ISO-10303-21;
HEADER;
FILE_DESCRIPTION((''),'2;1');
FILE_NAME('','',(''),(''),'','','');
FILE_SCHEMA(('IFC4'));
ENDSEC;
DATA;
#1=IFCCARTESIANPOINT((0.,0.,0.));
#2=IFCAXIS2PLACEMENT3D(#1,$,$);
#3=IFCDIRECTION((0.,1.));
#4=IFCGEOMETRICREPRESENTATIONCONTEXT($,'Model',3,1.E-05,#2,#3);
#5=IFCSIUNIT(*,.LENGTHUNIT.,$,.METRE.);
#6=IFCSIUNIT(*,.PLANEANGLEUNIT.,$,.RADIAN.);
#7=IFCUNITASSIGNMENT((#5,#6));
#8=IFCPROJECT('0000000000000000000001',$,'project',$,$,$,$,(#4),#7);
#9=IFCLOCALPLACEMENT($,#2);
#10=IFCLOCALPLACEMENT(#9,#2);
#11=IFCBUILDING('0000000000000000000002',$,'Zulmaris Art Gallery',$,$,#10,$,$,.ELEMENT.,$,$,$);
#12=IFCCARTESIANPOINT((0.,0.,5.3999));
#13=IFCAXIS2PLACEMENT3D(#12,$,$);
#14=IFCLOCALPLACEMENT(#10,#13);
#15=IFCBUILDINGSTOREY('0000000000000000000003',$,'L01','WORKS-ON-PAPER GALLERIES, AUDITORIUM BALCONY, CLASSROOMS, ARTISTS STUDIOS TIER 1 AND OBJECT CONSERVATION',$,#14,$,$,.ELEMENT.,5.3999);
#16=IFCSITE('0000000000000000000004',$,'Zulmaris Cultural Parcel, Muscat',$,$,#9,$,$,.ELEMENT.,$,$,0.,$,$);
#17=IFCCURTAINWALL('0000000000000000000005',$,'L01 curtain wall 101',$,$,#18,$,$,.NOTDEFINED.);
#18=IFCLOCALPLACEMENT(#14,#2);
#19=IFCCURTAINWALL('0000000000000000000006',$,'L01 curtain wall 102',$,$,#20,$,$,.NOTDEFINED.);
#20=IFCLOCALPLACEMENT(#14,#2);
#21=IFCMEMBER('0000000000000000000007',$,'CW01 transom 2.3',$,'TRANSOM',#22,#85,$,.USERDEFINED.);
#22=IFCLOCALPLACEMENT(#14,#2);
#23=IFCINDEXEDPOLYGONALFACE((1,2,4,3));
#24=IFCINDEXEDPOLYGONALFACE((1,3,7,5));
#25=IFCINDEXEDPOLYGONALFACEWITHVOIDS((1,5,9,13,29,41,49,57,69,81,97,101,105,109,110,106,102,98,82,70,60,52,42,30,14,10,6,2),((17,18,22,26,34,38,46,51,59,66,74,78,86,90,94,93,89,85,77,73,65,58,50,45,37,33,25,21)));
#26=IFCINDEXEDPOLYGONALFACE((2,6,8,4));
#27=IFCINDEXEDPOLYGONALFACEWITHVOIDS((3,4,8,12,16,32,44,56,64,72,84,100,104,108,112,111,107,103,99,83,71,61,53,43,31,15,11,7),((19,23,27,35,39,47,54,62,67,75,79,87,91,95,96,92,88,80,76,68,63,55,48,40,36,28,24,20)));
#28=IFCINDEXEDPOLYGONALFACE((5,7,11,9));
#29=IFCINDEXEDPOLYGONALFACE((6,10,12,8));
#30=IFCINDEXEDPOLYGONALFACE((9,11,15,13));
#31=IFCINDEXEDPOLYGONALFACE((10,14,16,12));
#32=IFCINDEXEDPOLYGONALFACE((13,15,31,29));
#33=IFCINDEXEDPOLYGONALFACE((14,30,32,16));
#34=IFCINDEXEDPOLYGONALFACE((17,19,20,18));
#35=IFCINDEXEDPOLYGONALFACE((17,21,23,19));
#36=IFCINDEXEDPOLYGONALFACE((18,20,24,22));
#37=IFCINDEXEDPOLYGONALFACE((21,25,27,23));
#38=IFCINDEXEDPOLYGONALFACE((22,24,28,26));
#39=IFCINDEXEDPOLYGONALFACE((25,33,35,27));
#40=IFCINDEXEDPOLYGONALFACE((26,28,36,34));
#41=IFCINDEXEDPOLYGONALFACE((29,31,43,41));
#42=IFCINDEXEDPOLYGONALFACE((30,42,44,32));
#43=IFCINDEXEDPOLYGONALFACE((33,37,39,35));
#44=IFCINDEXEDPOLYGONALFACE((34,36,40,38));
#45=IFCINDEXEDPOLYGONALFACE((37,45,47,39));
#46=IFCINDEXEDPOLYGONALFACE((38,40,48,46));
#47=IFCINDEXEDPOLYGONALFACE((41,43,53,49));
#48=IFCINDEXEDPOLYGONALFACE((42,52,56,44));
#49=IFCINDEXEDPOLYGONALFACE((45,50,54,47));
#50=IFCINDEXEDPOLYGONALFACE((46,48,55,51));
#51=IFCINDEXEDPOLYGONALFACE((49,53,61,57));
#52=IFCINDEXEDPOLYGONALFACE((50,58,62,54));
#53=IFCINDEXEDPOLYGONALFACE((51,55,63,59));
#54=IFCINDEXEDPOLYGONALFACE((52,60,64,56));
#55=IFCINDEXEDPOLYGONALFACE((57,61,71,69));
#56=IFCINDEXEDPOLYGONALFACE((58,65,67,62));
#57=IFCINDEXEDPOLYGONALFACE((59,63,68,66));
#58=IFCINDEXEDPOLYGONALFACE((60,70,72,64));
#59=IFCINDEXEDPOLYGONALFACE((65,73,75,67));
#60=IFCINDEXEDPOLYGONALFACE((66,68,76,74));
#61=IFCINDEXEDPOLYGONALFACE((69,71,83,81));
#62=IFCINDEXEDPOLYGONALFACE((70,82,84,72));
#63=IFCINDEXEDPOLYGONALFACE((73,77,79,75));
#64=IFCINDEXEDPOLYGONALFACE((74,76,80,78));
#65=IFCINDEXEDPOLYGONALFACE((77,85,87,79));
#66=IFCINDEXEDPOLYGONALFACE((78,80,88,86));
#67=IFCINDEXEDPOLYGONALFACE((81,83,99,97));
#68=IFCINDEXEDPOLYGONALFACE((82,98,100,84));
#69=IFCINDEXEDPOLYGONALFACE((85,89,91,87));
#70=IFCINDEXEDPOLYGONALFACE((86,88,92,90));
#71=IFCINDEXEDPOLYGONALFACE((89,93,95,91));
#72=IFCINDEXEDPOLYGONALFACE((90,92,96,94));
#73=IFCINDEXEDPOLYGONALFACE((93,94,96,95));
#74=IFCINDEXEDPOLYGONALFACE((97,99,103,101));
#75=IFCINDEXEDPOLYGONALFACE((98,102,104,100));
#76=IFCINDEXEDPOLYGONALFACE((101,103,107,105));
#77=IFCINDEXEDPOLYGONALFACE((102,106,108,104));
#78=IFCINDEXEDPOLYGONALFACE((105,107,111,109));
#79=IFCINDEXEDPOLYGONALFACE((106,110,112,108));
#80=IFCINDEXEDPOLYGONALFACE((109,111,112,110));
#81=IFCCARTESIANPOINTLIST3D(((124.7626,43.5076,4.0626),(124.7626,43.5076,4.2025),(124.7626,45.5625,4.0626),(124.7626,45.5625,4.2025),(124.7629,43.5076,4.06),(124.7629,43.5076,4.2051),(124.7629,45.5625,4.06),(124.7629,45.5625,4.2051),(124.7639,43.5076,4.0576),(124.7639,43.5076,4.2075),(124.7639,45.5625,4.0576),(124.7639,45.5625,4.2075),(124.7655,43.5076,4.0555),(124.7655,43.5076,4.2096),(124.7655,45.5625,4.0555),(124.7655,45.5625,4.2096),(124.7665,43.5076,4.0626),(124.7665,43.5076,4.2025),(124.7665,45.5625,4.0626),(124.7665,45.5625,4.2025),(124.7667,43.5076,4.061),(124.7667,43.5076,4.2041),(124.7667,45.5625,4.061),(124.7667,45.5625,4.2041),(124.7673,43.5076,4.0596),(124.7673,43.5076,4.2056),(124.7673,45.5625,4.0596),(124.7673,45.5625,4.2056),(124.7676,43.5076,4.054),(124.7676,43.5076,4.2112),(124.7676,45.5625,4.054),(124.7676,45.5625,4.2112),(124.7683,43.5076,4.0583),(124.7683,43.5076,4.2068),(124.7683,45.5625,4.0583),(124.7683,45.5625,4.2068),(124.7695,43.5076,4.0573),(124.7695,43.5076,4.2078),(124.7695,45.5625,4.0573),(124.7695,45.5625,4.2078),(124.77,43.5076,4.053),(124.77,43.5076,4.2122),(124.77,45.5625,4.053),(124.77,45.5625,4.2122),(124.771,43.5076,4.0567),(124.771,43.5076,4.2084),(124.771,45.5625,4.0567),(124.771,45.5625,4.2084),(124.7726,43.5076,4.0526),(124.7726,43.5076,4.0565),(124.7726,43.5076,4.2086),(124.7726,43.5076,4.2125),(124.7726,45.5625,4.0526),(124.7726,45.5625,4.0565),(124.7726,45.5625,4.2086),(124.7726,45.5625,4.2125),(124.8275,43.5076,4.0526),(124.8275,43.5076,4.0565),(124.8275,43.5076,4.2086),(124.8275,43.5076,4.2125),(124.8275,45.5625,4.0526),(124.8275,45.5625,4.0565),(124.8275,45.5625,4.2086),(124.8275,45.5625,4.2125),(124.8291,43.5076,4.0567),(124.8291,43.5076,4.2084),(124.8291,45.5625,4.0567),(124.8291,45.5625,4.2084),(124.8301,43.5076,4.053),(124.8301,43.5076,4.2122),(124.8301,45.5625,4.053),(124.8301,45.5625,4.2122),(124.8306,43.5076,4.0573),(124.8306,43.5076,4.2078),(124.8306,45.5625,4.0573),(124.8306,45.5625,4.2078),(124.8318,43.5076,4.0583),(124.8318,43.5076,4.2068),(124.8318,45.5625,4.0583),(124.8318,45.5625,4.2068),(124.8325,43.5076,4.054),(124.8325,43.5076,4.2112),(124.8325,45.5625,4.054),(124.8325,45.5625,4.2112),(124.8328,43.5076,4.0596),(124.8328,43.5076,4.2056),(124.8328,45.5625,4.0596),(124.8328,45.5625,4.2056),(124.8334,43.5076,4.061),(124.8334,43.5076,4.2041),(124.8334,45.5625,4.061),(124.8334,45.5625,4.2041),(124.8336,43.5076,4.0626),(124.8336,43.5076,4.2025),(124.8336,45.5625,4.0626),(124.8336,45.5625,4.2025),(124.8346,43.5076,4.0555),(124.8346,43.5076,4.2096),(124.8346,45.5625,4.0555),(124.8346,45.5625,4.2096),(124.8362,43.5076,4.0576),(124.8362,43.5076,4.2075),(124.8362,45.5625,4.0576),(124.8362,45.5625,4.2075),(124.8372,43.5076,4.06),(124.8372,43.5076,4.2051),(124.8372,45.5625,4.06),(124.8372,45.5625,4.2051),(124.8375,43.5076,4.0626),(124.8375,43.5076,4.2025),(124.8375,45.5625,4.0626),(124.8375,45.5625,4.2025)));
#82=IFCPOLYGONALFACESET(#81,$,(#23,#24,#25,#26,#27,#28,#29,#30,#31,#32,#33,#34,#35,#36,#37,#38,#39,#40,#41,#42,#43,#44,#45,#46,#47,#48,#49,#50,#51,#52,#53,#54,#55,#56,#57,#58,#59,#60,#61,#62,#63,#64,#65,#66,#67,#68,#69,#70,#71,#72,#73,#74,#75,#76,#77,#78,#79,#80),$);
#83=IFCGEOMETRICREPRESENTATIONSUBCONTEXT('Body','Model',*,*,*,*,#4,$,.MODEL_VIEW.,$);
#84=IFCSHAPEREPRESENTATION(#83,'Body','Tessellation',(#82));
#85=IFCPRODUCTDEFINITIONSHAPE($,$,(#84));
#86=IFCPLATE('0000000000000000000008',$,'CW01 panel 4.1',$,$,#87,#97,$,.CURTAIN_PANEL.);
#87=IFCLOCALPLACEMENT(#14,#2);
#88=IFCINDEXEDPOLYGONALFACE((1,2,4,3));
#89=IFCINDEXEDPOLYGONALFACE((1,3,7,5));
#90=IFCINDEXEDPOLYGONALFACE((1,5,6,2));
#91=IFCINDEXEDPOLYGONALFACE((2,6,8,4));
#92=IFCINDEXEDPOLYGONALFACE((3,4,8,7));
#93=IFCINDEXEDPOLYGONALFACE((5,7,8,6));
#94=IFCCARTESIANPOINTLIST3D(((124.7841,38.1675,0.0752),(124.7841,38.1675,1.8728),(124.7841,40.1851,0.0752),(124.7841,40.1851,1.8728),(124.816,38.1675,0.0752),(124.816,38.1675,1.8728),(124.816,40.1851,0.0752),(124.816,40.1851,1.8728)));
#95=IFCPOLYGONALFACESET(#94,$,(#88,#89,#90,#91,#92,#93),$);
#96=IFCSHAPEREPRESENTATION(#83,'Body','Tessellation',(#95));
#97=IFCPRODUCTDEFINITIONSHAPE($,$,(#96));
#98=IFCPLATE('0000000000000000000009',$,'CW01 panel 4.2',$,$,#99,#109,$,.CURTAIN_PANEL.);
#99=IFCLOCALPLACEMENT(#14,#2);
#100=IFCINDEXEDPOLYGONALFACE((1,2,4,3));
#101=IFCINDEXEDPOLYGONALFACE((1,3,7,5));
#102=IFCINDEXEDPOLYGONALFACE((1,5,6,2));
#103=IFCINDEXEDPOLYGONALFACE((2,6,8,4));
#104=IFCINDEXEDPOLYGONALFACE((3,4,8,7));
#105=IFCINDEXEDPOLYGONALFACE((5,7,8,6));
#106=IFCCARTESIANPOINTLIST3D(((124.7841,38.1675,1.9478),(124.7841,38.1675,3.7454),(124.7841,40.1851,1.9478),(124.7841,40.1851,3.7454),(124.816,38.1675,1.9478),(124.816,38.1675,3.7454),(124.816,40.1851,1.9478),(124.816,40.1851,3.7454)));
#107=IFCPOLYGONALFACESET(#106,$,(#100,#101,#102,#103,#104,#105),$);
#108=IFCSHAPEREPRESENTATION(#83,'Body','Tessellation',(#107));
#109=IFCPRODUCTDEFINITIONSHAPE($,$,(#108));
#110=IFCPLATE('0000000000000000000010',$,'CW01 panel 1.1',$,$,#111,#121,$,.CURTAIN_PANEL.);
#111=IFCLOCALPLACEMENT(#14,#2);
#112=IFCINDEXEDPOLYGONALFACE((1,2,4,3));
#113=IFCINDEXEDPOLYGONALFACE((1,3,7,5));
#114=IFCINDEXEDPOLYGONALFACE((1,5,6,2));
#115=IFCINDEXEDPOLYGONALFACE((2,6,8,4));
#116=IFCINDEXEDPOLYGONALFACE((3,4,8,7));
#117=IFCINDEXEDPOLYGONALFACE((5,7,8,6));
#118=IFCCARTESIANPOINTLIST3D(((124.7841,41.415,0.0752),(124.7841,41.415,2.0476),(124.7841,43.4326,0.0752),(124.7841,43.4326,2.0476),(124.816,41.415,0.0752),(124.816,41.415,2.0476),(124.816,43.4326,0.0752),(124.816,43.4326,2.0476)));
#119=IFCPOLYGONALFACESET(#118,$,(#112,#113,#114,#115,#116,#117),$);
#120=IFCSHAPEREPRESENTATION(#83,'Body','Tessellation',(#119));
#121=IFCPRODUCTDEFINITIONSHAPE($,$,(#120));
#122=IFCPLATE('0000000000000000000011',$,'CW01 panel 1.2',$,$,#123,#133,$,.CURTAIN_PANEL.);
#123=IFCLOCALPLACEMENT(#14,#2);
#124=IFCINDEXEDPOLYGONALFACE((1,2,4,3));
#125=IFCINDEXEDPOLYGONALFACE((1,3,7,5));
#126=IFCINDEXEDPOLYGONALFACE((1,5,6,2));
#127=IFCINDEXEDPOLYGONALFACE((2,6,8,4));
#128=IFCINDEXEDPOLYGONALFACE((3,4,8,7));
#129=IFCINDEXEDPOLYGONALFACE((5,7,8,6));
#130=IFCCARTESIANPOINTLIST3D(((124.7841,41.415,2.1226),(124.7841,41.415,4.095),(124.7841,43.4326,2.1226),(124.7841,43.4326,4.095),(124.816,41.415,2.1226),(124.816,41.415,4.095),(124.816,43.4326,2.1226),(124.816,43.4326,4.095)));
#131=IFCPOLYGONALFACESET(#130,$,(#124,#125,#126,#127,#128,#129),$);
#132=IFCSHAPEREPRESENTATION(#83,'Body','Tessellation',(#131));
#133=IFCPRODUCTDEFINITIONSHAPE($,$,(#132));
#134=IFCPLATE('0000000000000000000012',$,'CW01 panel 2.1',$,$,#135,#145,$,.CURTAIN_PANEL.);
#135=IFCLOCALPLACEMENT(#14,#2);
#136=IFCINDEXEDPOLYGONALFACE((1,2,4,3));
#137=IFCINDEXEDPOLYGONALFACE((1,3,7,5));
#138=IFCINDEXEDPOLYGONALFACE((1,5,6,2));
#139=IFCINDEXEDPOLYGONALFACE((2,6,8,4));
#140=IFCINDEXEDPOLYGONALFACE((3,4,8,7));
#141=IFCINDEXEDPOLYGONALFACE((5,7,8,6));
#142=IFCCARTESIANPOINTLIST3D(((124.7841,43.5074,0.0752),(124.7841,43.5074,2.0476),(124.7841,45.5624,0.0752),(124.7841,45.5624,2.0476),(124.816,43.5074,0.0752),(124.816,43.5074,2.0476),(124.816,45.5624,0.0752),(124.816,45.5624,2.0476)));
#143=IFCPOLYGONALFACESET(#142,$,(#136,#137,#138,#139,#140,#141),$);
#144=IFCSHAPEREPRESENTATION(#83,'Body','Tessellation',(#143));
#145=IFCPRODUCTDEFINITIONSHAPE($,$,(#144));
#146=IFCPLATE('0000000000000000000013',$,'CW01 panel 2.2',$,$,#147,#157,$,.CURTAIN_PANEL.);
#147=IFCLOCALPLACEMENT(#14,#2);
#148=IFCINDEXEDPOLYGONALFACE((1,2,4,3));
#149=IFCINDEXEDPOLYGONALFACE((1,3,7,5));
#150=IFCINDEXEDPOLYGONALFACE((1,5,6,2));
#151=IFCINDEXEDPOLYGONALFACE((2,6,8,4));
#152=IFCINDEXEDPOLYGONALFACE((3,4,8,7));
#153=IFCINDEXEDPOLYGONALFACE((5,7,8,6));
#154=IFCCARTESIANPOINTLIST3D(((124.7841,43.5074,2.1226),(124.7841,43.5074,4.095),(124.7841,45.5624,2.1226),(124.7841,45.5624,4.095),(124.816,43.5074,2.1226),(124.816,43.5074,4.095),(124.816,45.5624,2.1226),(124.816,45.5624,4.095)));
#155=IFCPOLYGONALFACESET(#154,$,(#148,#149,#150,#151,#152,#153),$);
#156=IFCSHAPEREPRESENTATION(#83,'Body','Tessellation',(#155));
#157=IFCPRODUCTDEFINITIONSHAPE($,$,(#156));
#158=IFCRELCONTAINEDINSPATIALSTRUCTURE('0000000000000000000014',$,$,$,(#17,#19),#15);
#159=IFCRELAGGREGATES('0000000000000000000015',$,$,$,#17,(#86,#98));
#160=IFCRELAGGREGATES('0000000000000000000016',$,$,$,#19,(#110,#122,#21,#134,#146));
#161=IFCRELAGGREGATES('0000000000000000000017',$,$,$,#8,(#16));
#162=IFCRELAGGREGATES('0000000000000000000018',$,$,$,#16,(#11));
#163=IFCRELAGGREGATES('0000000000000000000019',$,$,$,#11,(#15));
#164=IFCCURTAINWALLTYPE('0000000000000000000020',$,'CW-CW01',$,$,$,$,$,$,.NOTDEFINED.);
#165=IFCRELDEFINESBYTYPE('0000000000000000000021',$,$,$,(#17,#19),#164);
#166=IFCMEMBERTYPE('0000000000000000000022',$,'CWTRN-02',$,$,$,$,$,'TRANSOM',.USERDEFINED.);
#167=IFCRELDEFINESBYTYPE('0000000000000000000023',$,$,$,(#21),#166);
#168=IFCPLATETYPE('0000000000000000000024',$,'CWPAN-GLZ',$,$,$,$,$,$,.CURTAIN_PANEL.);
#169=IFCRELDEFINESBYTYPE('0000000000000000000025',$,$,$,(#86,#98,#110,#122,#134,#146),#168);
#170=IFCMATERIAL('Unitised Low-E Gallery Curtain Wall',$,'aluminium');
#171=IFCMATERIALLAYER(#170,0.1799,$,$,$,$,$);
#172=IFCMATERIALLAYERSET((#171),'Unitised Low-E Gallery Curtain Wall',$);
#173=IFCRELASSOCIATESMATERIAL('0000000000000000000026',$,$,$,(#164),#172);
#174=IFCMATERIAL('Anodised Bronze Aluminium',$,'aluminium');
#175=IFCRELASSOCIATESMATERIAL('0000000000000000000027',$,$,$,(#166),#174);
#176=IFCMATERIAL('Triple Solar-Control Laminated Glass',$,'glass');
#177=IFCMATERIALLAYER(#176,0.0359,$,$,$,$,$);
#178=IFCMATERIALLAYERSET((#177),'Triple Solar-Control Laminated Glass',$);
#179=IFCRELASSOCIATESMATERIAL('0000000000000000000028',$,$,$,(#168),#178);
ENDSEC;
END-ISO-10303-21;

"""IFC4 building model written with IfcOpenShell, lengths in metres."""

from ifc_helpers import new_model, si_unit, direction, frame, origin, origin_2d, place, context, subcontext, project, spatial, rectangle, hollow_rectangle, extrude, material, layer, layer_set, material_profile, profile_set, type_object, element, aggregate, save


model = new_model("IFC4")

# Units and contexts
model_context = context("Model", 3, precision=1e-05, world=origin(), true_north=direction((0.0, 1.0)))
body_context = subcontext(model_context, "Body", "Model", "MODEL_VIEW")
ifc_project = project(units=[si_unit("LENGTHUNIT", "METRE"), si_unit("PLANEANGLEUNIT", "RADIAN")], contexts=[model_context])

# Site, building, storey
site_placement = place(None, origin())
site = spatial("IfcSite", under=ifc_project, at=site_placement, Name="Zulmaris Cultural Parcel, Muscat", CompositionType="ELEMENT", RefElevation=0.0)
building_placement = place(site_placement, origin())
building = spatial("IfcBuilding", under=site, at=building_placement, Name="Zulmaris Art Gallery", CompositionType="ELEMENT")
storey_placement = place(building_placement, frame((0.0, 0.0, 5.3999)))
storey = spatial("IfcBuildingStorey", under=building, at=storey_placement, Name="L01", Description="WORKS-ON-PAPER GALLERIES, AUDITORIUM BALCONY, CLASSROOMS, ARTISTS STUDIOS TIER 1 AND OBJECT CONSERVATION", CompositionType="ELEMENT", Elevation=5.3999)

# Curtain walls
ifc_material_1 = material(Name="Unitised Low-E Gallery Curtain Wall", Category="aluminium")
ifc_layer_1 = layer(ifc_material_1, 0.1799)
ifc_layer_set_1 = layer_set([ifc_layer_1], Name="Unitised Low-E Gallery Curtain Wall")
curtain_wall_type = type_object("IfcCurtainWallType", Name="CW-CW01", PredefinedType="NOTDEFINED", material=ifc_layer_set_1)
curtain_wall_1_placement = place(storey_placement, origin())
curtain_wall_1 = element("IfcCurtainWall", 1, at=curtain_wall_1_placement, inside=storey, type_object=curtain_wall_type, Name="L01 curtain wall 101", PredefinedType="NOTDEFINED")
ifc_material_2 = material(Name="Anodised Bronze Aluminium", Category="aluminium")
curtain_wall_2_placement = place(storey_placement, origin())
curtain_wall_2 = element("IfcCurtainWall", 2, at=curtain_wall_2_placement, inside=storey, type_object=curtain_wall_type, Name="L01 curtain wall 102", PredefinedType="NOTDEFINED")

# Member
ifc_material_profile_1 = material_profile(ifc_material_2, hollow_rectangle(XDim=0.075, YDim=0.1599, WallThickness=0.0039, InnerFilletRadius=0.0061, OuterFilletRadius=0.01, at=origin_2d()), Name="ALU 75x160x4")
ifc_profile_set_1 = profile_set([ifc_material_profile_1], Name="Anodised Bronze Aluminium")
member_type_1 = type_object("IfcMemberType", Name="CWTRN-02", ElementType="TRANSOM", PredefinedType="USERDEFINED", material=ifc_profile_set_1)
member_1_placement = place(storey_placement, frame((124.8, 43.5076, 4.1326), z_axis=(0.0, 1.0, 0.0), x_axis=(-1.0, 0.0, 0.0)))
member_1 = element("IfcMember", 3, at=member_1_placement, type_object=member_type_1, Name="CW01 transom 2.3", ObjectType="TRANSOM", PredefinedType="USERDEFINED", context=body_context, shape_type="SweptSolid", body=[
    extrude(hollow_rectangle(XDim=0.075, YDim=0.1599, WallThickness=0.0039, InnerFilletRadius=0.0061, OuterFilletRadius=0.01, at=origin_2d()), origin(), (0.0, 0.0, 1.0), 2.0549),
])

# Plates
ifc_material_3 = material(Name="Triple Solar-Control Laminated Glass", Category="glass")
ifc_layer_2 = layer(ifc_material_3, 0.0359)
ifc_layer_set_2 = layer_set([ifc_layer_2], Name="Triple Solar-Control Laminated Glass")
plate_type = type_object("IfcPlateType", Name="CWPAN-GLZ", PredefinedType="CURTAIN_PANEL", material=ifc_layer_set_2)
plate_1_placement = place(storey_placement, frame((124.8, 39.1763, 0.0752), z_axis=(0.0, 0.0, 1.0), x_axis=(0.0, 1.0, 0.0)))
plate_1 = element("IfcPlate", 4, at=plate_1_placement, type_object=plate_type, Name="CW01 panel 4.1", PredefinedType="CURTAIN_PANEL", context=body_context, shape_type="SweptSolid", body=[
    extrude(rectangle(XDim=2.0176, YDim=0.032, at=origin_2d()), origin(), (0.0, 0.0, 1.0), 1.7976),
])
plate_2_placement = place(storey_placement, frame((124.8, 39.1763, 1.9478), z_axis=(0.0, 0.0, 1.0), x_axis=(0.0, 1.0, 0.0)))
plate_2 = element("IfcPlate", 5, at=plate_2_placement, type_object=plate_type, Name="CW01 panel 4.2", PredefinedType="CURTAIN_PANEL", context=body_context, shape_type="SweptSolid", body=[
    extrude(rectangle(XDim=2.0176, YDim=0.032, at=origin_2d()), origin(), (0.0, 0.0, 1.0), 1.7976),
])
aggregate(curtain_wall_1, [plate_1, plate_2])
plate_3_placement = place(storey_placement, frame((124.8, 42.4238, 0.0752), z_axis=(0.0, 0.0, 1.0), x_axis=(0.0, 1.0, 0.0)))
plate_3 = element("IfcPlate", 6, at=plate_3_placement, type_object=plate_type, Name="CW01 panel 1.1", PredefinedType="CURTAIN_PANEL", context=body_context, shape_type="SweptSolid", body=[
    extrude(rectangle(XDim=2.0176, YDim=0.032, at=origin_2d()), origin(), (0.0, 0.0, 1.0), 1.9724),
])
plate_4_placement = place(storey_placement, frame((124.8, 42.4238, 2.1226), z_axis=(0.0, 0.0, 1.0), x_axis=(0.0, 1.0, 0.0)))
plate_4 = element("IfcPlate", 7, at=plate_4_placement, type_object=plate_type, Name="CW01 panel 1.2", PredefinedType="CURTAIN_PANEL", context=body_context, shape_type="SweptSolid", body=[
    extrude(rectangle(XDim=2.0176, YDim=0.032, at=origin_2d()), origin(), (0.0, 0.0, 1.0), 1.9724),
])
plate_5_placement = place(storey_placement, frame((124.8, 44.5349, 0.0752), z_axis=(0.0, 0.0, 1.0), x_axis=(0.0, 1.0, 0.0)))
plate_5 = element("IfcPlate", 8, at=plate_5_placement, type_object=plate_type, Name="CW01 panel 2.1", PredefinedType="CURTAIN_PANEL", context=body_context, shape_type="SweptSolid", body=[
    extrude(rectangle(XDim=2.0549, YDim=0.032, at=origin_2d()), origin(), (0.0, 0.0, 1.0), 1.9724),
])
plate_6_placement = place(storey_placement, frame((124.8, 44.5349, 2.1226), z_axis=(0.0, 0.0, 1.0), x_axis=(0.0, 1.0, 0.0)))
plate_6 = element("IfcPlate", 9, at=plate_6_placement, type_object=plate_type, Name="CW01 panel 2.2", PredefinedType="CURTAIN_PANEL", context=body_context, shape_type="SweptSolid", body=[
    extrude(rectangle(XDim=2.0549, YDim=0.032, at=origin_2d()), origin(), (0.0, 0.0, 1.0), 1.9724),
])
aggregate(curtain_wall_2, [plate_3, plate_4, member_1, plate_5, plate_6])

save(model, "model.ifc")
